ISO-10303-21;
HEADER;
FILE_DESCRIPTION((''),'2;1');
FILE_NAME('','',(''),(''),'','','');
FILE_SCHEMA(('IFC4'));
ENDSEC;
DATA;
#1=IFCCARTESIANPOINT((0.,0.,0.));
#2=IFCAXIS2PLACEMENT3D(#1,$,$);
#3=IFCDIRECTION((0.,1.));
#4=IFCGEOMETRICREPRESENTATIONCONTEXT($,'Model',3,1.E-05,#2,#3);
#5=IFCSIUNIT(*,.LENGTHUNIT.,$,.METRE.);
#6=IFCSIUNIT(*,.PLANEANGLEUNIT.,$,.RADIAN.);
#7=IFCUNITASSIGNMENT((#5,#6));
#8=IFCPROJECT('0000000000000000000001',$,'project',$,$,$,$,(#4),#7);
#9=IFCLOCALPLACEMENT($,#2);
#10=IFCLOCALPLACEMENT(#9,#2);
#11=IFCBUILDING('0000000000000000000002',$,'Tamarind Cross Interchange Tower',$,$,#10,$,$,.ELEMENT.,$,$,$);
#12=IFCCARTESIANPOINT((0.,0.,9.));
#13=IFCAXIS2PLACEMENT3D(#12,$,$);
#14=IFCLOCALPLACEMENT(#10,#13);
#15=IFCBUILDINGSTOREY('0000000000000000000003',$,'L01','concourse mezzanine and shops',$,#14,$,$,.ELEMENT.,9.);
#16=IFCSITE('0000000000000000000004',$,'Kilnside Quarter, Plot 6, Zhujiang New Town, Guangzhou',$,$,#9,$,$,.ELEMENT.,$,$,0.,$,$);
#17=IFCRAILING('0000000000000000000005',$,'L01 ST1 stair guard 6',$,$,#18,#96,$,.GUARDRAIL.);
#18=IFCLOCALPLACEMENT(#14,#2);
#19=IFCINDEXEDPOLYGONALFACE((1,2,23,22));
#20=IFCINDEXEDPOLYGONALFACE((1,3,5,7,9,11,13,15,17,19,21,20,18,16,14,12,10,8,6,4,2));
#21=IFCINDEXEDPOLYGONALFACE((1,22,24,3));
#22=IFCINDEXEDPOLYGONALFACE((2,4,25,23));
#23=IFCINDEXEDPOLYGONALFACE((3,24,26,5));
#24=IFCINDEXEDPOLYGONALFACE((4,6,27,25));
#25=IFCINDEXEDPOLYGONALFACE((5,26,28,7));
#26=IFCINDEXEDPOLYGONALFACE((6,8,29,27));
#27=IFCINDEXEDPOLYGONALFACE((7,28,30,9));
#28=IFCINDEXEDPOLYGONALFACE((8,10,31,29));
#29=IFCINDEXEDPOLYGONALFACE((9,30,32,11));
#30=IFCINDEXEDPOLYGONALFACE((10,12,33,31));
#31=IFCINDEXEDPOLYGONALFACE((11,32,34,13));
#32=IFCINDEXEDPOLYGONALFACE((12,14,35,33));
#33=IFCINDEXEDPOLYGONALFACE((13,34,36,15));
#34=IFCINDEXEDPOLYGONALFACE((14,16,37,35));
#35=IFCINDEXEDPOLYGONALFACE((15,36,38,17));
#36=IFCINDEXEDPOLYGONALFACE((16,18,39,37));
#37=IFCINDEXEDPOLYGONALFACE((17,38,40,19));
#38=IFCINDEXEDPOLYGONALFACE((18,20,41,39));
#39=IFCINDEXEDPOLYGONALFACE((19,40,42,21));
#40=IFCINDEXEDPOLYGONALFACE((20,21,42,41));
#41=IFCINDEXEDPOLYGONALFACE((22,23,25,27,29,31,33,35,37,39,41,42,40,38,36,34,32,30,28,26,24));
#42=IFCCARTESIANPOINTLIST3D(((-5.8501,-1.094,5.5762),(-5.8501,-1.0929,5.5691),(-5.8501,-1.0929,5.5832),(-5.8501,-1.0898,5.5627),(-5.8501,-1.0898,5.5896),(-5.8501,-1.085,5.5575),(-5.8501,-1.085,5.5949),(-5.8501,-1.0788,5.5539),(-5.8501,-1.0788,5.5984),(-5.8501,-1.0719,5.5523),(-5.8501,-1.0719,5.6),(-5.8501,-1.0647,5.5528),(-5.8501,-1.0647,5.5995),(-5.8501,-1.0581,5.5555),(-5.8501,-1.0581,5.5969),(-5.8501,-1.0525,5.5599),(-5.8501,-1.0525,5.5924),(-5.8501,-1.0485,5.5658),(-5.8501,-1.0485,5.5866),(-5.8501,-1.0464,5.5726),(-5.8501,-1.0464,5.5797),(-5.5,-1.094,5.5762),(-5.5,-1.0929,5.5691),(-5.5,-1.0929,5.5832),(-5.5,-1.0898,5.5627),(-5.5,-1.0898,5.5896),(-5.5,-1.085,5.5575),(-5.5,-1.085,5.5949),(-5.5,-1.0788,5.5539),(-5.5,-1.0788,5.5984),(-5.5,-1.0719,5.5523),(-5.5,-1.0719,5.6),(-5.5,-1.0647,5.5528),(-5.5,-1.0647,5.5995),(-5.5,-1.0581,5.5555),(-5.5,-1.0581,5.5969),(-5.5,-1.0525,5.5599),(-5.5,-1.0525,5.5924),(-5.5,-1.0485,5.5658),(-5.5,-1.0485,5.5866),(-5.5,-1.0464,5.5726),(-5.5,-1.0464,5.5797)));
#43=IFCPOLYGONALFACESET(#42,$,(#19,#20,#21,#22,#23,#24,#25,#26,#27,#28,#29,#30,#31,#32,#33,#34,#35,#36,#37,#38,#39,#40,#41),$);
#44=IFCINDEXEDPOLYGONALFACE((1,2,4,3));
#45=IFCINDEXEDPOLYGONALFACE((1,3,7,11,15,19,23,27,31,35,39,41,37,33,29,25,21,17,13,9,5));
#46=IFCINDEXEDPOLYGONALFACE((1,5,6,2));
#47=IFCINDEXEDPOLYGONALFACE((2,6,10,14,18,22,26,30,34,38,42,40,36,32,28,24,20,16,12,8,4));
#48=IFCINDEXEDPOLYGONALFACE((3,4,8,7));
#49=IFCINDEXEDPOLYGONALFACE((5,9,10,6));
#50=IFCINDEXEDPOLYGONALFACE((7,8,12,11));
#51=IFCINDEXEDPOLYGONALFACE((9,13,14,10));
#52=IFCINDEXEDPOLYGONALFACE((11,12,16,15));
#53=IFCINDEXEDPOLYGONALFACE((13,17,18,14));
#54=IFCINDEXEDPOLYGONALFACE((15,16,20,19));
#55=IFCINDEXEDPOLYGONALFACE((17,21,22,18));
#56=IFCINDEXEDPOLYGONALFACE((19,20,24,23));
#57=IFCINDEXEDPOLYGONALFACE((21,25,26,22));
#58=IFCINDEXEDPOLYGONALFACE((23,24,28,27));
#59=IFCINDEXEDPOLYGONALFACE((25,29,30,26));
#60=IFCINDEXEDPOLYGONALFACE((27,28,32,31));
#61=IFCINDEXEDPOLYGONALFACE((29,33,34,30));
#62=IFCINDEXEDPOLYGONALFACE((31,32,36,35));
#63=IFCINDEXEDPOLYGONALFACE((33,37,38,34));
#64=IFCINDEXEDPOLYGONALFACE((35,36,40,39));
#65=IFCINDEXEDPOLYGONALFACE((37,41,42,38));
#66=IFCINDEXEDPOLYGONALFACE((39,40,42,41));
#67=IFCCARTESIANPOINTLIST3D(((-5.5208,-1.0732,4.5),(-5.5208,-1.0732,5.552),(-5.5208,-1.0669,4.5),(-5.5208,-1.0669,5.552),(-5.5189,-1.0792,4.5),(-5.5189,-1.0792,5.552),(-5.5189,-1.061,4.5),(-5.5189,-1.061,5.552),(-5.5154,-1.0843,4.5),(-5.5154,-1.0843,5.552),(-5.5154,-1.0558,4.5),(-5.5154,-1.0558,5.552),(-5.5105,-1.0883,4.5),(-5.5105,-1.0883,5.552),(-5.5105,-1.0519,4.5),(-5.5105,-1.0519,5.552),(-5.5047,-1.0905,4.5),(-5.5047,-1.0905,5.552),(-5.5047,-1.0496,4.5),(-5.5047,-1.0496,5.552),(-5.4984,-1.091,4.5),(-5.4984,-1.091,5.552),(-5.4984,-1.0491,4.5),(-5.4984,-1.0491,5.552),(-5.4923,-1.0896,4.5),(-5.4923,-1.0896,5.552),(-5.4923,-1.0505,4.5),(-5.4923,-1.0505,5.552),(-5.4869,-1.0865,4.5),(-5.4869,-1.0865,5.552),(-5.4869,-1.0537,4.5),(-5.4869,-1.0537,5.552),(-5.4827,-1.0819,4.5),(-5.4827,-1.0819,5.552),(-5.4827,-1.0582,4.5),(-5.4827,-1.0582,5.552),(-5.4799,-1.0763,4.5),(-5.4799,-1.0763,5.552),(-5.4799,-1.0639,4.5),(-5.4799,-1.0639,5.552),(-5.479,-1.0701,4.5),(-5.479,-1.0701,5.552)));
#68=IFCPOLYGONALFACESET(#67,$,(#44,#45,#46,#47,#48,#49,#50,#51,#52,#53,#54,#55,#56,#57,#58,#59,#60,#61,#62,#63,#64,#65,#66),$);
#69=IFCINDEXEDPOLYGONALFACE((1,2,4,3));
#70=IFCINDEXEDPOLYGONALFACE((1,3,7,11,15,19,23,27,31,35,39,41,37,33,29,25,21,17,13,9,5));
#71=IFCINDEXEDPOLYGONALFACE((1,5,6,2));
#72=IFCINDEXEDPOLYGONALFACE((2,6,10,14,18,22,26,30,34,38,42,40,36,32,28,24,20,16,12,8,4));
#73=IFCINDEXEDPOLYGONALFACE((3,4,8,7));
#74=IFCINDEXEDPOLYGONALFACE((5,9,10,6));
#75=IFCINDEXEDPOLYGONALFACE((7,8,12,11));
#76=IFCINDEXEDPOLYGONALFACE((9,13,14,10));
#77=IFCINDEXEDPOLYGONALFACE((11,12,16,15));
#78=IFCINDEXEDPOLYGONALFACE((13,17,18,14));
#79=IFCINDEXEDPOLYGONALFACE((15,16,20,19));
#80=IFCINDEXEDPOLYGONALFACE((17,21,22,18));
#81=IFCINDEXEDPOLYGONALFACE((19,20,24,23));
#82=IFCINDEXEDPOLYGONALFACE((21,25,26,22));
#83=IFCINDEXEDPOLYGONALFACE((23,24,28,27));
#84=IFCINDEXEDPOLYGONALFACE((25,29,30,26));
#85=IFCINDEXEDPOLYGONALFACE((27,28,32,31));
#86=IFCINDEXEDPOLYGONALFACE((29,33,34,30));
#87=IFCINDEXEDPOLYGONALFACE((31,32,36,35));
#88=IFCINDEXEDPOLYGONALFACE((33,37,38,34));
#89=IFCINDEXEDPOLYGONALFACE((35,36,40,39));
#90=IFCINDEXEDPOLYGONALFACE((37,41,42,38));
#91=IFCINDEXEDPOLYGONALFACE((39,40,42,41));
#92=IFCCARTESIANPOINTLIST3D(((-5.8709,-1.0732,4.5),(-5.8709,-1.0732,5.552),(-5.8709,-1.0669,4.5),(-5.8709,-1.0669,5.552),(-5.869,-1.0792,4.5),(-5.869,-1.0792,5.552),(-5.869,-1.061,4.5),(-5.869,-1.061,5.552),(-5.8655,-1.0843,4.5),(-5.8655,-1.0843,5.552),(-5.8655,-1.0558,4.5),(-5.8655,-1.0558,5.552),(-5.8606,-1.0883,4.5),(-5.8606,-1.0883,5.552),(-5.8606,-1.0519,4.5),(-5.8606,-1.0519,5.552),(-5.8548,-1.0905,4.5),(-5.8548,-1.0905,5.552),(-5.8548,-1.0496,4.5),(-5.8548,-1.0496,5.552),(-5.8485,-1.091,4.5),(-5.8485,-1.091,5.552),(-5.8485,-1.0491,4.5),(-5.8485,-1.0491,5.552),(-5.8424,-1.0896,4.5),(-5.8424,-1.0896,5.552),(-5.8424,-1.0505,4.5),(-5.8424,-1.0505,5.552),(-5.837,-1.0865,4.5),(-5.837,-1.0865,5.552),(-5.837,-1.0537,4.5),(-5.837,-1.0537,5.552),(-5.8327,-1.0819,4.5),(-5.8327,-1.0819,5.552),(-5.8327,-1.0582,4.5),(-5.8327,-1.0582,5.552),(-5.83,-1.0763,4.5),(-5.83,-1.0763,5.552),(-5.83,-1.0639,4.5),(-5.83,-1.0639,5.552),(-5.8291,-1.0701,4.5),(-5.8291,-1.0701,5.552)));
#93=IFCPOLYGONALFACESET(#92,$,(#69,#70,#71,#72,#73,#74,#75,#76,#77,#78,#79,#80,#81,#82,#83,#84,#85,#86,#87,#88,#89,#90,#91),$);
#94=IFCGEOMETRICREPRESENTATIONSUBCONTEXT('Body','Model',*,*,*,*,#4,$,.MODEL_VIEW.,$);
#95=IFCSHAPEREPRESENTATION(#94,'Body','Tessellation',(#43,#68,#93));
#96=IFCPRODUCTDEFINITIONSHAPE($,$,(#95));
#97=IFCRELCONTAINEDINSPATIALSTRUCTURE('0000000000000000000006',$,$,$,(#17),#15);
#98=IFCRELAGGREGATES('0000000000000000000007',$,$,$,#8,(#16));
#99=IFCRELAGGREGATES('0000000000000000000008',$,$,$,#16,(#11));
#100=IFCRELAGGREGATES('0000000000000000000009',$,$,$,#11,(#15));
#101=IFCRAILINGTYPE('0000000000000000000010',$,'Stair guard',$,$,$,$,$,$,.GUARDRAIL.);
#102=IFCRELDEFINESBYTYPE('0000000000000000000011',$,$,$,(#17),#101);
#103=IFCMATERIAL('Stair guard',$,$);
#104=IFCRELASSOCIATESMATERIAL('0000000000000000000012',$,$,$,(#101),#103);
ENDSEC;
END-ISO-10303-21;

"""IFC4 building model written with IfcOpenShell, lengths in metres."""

from ifc_helpers import new_model, si_unit, direction, frame, origin, origin_2d, place, context, subcontext, project, spatial, circle, extrude, material, type_object, element, save


model = new_model("IFC4")

# Units and contexts
model_context = context("Model", 3, precision=1e-05, world=origin(), true_north=direction((0.0, 1.0)))
body_context = subcontext(model_context, "Body", "Model", "MODEL_VIEW")
ifc_project = project(units=[si_unit("LENGTHUNIT", "METRE"), si_unit("PLANEANGLEUNIT", "RADIAN")], contexts=[model_context])

# Site, building, storey
site_placement = place(None, origin())
site = spatial("IfcSite", under=ifc_project, at=site_placement, Name="Kilnside Quarter, Plot 6, Zhujiang New Town, Guangzhou", CompositionType="ELEMENT", RefElevation=0.0)
building_placement = place(site_placement, origin())
building = spatial("IfcBuilding", under=site, at=building_placement, Name="Tamarind Cross Interchange Tower", CompositionType="ELEMENT")
storey_placement = place(building_placement, frame((0.0, 0.0, 9.0)))
storey = spatial("IfcBuildingStorey", under=building, at=storey_placement, Name="L01", Description="concourse mezzanine and shops", CompositionType="ELEMENT", Elevation=9.0)

# Railing
ifc_material_1 = material(Name="Stair guard")
railing_type_1 = type_object("IfcRailingType", Name="Stair guard", PredefinedType="GUARDRAIL", material=ifc_material_1)
railing_1_placement = place(storey_placement, frame((-5.5, -1.0701, 4.5)))
element("IfcRailing", 1, at=railing_1_placement, inside=storey, type_object=railing_type_1, Name="L01 ST1 stair guard 6", PredefinedType="GUARDRAIL", context=body_context, shape_type="SweptSolid", body=[
    extrude(circle(Radius=0.0239, at=origin_2d()), frame((0.0, 0.0, 1.0762), z_axis=(-1.0, 0.0, 0.0), x_axis=(0.0, -1.0, 0.0)), (0.0, 0.0, 1.0), 0.3501),
    extrude(circle(Radius=0.021, at=origin_2d()), origin(), (0.0, 0.0, 1.0), 1.052),
    extrude(circle(Radius=0.021, at=origin_2d()), frame((-0.3501, 0.0, 0.0)), (0.0, 0.0, 1.0), 1.052),
])

save(model, "model.ifc")
